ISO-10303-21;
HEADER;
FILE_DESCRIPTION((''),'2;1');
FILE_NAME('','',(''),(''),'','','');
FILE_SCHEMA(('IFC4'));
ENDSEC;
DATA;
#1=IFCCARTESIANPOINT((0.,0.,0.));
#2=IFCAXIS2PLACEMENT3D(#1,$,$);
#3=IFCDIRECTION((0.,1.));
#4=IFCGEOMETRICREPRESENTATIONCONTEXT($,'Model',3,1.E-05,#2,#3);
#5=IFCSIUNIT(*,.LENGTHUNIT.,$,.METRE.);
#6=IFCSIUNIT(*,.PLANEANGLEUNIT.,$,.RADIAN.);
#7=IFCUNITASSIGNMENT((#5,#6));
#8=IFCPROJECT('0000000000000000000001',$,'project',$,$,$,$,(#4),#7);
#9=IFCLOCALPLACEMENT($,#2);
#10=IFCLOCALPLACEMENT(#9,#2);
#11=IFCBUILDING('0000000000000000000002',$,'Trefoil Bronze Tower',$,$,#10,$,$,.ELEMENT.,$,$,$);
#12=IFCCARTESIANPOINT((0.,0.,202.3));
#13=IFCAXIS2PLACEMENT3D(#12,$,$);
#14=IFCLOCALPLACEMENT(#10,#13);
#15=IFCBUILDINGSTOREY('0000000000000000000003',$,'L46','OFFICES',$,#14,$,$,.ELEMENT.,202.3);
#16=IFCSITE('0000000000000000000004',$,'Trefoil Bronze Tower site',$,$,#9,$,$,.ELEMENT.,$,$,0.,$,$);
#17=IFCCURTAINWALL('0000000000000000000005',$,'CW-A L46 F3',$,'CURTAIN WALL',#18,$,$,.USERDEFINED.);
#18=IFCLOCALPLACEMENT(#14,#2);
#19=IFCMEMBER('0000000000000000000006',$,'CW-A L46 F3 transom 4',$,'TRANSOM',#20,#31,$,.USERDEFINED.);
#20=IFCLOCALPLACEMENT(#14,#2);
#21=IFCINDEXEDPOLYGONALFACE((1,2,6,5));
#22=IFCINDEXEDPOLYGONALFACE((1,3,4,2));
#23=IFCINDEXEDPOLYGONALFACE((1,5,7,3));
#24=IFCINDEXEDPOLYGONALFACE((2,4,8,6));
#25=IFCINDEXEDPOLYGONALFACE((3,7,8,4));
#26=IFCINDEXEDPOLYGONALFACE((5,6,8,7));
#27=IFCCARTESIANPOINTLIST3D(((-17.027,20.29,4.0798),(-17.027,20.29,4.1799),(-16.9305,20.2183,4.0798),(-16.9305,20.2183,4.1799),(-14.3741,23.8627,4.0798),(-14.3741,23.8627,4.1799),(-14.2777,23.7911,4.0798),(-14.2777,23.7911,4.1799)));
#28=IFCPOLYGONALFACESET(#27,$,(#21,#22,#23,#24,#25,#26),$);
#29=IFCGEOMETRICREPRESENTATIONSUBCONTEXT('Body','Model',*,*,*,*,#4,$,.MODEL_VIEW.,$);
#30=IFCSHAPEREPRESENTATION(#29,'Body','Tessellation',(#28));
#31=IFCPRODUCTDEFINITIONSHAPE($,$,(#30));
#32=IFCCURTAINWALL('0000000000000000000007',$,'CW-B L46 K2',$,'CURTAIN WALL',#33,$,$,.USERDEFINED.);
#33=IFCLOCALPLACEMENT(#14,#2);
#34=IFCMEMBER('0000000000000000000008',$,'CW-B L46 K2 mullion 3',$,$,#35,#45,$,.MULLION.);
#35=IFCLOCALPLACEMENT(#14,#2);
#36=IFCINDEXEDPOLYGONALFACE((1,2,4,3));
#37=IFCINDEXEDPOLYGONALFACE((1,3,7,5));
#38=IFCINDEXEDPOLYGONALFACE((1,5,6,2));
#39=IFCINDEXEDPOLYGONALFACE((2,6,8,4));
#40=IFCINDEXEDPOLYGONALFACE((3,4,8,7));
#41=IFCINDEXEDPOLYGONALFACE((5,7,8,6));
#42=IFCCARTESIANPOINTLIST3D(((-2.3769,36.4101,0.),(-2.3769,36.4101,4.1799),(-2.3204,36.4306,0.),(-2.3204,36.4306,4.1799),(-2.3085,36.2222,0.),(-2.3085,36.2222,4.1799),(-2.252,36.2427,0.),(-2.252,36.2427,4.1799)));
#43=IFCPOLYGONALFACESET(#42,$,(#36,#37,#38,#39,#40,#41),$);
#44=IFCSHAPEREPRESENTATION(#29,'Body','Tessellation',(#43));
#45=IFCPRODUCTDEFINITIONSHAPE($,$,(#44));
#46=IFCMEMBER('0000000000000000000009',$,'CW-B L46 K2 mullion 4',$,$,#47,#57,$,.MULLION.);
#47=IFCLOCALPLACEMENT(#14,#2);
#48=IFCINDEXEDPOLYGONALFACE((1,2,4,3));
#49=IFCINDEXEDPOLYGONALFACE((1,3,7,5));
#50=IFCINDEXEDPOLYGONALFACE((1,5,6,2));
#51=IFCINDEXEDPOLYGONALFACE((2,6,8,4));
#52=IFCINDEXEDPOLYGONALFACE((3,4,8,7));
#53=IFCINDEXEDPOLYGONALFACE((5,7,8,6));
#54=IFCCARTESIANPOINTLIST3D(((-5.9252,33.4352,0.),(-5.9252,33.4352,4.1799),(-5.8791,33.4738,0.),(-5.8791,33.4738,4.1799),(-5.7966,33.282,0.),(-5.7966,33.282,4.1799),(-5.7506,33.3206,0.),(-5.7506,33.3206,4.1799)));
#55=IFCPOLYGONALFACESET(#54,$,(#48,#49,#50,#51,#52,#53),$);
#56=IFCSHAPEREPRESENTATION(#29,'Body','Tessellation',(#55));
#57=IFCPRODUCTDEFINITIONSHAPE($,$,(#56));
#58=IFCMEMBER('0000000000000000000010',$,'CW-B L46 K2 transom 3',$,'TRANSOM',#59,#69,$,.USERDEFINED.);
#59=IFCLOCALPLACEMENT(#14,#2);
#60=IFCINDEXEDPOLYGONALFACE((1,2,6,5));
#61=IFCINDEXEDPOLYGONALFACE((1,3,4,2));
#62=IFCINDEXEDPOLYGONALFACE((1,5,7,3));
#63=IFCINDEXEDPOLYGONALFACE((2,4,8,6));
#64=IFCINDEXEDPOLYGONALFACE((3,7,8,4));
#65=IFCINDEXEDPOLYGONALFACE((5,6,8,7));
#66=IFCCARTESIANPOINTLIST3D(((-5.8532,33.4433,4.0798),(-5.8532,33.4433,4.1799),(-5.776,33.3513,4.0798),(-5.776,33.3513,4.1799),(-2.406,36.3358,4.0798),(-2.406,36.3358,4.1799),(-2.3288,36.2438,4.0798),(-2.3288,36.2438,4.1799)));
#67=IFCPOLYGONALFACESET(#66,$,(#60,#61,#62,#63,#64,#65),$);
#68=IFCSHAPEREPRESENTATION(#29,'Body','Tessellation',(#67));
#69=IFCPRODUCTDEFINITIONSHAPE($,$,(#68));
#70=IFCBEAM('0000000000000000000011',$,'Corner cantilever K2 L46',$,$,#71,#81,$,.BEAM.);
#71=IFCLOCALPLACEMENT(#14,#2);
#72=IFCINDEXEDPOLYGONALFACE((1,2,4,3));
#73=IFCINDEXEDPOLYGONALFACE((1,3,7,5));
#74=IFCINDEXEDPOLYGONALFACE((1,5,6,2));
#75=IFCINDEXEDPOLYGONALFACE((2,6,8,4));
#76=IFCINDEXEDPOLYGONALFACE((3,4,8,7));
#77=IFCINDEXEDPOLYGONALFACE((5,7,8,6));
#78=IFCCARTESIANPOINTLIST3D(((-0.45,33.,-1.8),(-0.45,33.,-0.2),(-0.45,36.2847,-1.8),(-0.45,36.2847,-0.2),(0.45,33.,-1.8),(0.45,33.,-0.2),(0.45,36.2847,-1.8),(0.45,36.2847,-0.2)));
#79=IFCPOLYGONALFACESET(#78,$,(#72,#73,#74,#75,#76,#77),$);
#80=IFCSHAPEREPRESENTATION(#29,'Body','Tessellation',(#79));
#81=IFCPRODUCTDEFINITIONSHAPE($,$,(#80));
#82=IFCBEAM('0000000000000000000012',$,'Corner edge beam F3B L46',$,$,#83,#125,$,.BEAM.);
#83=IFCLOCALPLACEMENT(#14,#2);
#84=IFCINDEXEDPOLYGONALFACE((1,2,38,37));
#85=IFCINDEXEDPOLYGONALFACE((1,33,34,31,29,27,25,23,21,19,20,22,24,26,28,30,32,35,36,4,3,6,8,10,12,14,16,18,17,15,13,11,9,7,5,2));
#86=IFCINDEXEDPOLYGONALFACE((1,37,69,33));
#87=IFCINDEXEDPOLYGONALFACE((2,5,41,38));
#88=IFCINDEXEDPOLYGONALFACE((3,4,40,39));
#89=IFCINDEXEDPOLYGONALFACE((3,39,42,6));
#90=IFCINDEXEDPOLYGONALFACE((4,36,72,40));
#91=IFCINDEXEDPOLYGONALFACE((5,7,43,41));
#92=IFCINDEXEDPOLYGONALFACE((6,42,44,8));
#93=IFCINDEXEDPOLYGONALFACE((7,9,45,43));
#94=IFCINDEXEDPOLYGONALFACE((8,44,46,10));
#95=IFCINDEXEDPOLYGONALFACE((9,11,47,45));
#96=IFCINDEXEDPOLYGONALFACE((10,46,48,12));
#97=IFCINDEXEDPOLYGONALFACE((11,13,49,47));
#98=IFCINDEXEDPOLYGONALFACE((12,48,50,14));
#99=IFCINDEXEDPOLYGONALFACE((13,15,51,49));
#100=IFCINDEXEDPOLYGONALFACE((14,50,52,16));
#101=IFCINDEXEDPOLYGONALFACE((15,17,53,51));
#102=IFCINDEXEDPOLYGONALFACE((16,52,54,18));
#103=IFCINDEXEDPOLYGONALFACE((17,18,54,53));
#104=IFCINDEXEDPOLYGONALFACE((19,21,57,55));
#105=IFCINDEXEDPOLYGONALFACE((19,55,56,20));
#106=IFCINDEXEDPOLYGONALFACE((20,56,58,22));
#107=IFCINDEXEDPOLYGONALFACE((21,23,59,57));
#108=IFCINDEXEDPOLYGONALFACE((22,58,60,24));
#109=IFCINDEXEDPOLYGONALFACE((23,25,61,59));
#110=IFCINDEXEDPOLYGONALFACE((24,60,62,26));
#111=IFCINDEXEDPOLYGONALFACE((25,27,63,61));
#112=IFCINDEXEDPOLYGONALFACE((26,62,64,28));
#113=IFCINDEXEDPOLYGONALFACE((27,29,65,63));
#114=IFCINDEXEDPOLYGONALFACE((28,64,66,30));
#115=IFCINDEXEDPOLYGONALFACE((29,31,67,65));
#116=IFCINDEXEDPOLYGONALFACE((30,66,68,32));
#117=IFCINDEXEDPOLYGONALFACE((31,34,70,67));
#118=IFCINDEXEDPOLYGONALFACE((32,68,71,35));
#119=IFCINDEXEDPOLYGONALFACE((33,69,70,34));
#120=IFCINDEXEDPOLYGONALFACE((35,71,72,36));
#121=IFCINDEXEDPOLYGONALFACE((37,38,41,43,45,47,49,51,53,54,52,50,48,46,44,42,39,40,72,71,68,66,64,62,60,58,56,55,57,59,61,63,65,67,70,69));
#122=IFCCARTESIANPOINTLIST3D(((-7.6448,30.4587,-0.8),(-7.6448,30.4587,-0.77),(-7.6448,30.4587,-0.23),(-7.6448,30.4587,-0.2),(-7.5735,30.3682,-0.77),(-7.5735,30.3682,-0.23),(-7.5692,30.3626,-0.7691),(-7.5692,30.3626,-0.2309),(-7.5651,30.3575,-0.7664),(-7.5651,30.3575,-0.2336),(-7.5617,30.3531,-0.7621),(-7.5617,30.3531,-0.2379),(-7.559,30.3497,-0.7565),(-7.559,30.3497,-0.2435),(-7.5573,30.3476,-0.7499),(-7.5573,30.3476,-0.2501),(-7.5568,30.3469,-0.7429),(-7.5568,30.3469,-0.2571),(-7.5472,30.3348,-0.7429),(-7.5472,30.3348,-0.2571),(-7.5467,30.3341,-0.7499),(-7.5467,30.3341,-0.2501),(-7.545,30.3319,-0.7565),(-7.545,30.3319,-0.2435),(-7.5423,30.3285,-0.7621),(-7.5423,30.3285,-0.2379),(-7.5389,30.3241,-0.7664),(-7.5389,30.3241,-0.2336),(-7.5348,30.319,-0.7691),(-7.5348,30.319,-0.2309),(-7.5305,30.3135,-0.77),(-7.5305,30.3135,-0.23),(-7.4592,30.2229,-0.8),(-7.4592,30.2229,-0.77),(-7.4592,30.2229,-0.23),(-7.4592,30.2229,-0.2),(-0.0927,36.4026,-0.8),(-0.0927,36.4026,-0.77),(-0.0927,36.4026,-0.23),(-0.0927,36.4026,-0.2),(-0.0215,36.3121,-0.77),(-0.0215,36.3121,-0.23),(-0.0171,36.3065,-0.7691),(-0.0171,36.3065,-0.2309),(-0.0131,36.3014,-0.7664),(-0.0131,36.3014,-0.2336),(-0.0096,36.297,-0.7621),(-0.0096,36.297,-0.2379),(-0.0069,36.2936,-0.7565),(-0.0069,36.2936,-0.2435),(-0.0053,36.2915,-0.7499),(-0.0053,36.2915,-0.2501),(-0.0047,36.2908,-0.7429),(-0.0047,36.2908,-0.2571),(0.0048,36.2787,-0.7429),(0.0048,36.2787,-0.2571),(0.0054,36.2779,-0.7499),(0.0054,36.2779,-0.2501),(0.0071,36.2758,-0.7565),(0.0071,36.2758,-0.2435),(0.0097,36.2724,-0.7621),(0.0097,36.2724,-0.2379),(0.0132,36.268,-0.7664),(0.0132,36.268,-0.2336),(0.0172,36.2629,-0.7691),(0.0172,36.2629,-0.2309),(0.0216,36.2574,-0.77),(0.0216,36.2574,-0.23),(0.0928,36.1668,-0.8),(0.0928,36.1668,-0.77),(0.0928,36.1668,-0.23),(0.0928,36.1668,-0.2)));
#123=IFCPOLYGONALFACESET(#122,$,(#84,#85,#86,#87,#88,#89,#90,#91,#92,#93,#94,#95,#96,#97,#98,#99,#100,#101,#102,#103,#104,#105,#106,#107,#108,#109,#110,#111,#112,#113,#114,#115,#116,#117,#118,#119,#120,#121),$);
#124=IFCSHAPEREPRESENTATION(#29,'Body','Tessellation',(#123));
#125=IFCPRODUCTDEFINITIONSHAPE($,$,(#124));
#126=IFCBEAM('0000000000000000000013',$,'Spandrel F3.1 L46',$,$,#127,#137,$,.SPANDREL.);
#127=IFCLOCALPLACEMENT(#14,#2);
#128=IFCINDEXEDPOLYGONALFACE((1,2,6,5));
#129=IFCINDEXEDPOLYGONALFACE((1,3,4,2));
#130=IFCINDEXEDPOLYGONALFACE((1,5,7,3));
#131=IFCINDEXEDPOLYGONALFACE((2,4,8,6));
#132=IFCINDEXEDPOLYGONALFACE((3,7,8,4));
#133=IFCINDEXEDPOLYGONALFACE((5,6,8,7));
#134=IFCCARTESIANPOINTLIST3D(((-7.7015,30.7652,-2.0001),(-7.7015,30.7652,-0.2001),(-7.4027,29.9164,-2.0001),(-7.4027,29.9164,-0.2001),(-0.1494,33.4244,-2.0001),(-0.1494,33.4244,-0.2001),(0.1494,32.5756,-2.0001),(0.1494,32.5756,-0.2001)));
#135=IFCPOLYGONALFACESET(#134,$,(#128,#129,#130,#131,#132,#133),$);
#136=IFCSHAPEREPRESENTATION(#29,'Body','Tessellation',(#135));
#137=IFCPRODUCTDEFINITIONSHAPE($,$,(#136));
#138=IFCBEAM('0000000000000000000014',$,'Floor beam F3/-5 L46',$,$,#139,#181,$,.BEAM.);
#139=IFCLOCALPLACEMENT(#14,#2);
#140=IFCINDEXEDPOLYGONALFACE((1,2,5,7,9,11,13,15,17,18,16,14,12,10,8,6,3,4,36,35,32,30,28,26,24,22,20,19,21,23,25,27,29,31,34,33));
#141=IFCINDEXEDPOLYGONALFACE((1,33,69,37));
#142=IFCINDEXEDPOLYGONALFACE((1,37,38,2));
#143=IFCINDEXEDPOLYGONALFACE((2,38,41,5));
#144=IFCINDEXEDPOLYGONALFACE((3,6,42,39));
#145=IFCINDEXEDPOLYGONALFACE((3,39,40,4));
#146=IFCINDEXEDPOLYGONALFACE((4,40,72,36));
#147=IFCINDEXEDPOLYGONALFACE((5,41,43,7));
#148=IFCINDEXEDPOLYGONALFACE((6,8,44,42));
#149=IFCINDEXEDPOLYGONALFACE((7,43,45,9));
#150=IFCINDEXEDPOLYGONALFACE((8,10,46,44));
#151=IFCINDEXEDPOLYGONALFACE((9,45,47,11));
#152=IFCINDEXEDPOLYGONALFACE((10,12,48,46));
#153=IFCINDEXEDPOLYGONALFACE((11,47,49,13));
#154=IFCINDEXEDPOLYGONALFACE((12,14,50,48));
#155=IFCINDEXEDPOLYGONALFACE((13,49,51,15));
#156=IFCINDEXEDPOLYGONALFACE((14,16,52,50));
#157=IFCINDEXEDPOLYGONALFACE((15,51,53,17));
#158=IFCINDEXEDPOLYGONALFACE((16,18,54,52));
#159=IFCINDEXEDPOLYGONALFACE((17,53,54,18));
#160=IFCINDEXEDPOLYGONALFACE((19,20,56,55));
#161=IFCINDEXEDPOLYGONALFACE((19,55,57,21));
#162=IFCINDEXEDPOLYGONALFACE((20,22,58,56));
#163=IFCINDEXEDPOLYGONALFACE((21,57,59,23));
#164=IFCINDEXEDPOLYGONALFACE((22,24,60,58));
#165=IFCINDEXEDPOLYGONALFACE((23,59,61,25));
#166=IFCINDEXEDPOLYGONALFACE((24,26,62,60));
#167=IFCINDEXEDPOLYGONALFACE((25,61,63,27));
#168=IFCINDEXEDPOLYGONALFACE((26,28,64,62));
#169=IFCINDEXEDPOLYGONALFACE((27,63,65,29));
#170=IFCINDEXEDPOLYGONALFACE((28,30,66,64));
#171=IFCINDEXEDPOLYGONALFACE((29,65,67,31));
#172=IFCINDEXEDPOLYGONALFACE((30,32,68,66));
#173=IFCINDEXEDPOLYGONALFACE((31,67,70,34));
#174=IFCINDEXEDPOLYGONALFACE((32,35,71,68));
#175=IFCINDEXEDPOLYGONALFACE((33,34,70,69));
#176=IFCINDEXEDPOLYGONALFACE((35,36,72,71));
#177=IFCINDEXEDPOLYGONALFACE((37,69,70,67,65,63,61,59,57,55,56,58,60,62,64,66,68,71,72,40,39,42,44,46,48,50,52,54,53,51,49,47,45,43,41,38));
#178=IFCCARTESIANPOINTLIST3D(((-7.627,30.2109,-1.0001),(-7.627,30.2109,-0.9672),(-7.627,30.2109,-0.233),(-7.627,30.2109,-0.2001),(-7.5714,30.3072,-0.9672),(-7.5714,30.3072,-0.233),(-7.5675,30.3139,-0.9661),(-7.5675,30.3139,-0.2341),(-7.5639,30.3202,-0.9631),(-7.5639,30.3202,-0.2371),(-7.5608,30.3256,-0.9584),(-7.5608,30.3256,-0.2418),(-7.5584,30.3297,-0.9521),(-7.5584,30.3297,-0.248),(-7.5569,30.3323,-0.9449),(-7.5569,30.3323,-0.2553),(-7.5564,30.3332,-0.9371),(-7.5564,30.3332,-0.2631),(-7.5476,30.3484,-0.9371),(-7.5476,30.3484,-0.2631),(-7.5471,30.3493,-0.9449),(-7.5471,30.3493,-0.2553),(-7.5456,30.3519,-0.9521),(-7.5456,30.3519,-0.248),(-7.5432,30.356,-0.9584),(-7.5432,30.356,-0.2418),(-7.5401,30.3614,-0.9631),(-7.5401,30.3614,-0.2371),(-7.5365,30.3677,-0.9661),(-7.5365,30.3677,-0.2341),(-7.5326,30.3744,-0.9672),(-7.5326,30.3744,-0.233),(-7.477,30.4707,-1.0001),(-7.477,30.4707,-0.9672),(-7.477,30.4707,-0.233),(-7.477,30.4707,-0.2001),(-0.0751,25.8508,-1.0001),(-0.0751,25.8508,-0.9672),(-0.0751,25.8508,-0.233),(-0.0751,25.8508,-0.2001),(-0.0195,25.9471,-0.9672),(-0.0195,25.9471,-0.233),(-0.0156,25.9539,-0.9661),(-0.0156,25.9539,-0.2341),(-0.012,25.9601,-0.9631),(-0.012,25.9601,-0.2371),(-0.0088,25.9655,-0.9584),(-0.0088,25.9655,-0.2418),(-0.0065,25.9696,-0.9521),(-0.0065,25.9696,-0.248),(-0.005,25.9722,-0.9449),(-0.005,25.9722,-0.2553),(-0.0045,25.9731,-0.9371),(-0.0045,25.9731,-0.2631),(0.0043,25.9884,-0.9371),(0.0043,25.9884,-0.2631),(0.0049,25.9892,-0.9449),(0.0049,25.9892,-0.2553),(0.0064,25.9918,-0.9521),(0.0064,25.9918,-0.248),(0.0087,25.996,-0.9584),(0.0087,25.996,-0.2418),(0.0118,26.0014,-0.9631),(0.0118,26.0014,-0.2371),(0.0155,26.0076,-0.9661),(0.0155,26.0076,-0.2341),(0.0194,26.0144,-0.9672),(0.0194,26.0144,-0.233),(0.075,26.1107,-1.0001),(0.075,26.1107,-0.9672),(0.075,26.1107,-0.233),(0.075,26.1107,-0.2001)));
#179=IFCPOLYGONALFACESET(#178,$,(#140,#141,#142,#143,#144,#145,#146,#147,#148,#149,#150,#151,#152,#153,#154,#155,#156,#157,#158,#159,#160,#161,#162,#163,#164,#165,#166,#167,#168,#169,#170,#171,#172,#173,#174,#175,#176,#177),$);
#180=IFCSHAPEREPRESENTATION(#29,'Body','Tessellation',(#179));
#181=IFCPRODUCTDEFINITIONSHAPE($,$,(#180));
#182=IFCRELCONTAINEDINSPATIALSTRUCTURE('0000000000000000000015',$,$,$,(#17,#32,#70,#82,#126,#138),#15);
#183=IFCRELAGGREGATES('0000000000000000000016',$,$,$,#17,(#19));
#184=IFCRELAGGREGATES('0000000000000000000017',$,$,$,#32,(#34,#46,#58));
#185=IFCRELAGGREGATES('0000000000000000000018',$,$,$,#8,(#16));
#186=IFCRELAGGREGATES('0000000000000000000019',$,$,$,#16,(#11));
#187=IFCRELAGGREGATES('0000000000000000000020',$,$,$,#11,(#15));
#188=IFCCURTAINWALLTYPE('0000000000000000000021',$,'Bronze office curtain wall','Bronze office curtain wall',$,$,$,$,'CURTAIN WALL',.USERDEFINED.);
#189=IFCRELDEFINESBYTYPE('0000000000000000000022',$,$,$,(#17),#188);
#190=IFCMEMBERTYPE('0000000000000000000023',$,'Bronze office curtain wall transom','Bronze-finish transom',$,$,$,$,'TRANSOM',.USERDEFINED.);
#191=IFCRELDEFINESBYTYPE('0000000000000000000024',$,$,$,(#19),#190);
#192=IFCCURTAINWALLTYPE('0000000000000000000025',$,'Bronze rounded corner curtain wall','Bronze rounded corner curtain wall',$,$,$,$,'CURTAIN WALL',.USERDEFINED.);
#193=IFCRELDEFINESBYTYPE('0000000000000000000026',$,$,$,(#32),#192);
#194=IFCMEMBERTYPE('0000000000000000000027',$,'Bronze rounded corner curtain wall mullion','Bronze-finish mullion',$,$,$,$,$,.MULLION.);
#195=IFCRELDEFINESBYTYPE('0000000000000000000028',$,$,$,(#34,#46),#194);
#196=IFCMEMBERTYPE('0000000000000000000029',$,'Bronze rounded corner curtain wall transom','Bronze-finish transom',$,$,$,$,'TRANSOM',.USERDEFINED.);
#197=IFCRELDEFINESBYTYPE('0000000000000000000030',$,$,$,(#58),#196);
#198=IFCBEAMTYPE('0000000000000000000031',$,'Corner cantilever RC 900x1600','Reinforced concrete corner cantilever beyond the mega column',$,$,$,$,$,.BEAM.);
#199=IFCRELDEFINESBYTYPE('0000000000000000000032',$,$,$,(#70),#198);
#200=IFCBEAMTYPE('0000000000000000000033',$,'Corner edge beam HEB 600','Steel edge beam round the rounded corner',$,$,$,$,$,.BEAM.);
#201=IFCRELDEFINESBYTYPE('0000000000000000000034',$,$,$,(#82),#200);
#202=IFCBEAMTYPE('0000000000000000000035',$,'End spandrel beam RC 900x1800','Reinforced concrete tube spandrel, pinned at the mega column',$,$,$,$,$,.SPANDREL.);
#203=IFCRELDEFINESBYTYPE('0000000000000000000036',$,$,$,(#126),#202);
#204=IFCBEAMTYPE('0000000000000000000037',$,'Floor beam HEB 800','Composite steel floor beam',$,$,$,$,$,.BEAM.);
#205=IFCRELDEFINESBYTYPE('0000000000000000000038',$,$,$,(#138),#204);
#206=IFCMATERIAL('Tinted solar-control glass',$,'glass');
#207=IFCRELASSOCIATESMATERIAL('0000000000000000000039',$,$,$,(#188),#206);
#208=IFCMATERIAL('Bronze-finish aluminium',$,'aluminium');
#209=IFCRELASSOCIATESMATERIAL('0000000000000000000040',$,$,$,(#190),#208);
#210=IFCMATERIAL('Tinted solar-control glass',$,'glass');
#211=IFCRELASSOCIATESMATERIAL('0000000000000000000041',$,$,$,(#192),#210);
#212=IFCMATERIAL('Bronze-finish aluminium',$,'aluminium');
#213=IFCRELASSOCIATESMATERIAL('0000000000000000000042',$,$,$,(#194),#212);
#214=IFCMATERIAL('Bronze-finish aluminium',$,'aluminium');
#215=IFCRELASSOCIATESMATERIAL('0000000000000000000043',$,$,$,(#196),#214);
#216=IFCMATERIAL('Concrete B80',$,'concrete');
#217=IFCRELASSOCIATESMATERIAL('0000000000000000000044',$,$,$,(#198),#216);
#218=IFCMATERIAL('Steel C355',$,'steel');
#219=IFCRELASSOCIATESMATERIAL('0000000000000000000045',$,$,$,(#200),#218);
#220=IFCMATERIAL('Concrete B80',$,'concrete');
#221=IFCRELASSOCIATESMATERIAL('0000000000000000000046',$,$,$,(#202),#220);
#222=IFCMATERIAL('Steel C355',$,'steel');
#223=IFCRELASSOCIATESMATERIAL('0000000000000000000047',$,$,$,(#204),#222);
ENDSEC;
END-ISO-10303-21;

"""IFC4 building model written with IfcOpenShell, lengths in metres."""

from ifc_helpers import new_model, si_unit, direction, frame, origin, origin_2d, place, context, subcontext, project, spatial, rectangle, i_section, extrude, material, material_profile, profile_set, type_object, element, aggregate, save


model = new_model("IFC4")

# Units and contexts
model_context = context("Model", 3, precision=1e-05, world=origin(), true_north=direction((0.0, 1.0)))
body_context = subcontext(model_context, "Body", "Model", "MODEL_VIEW")
ifc_project = project(units=[si_unit("LENGTHUNIT", "METRE"), si_unit("PLANEANGLEUNIT", "RADIAN")], contexts=[model_context])

# Site, building, storey
site_placement = place(None, origin())
site = spatial("IfcSite", under=ifc_project, at=site_placement, Name="Trefoil Bronze Tower site", CompositionType="ELEMENT", RefElevation=0.0)
building_placement = place(site_placement, origin())
building = spatial("IfcBuilding", under=site, at=building_placement, Name="Trefoil Bronze Tower", CompositionType="ELEMENT")
storey_placement = place(building_placement, frame((0.0, 0.0, 202.3)))
storey = spatial("IfcBuildingStorey", under=building, at=storey_placement, Name="L46", Description="OFFICES", CompositionType="ELEMENT", Elevation=202.3)

# Curtain walls, members
ifc_material_1 = material(Name="Tinted solar-control glass", Category="glass")
curtain_wall_type_1 = type_object("IfcCurtainWallType", Name="Bronze office curtain wall", Description="Bronze office curtain wall", ElementType="CURTAIN WALL", PredefinedType="USERDEFINED", material=ifc_material_1)
curtain_wall_1_placement = place(storey_placement, origin())
curtain_wall_1 = element("IfcCurtainWall", 1, at=curtain_wall_1_placement, inside=storey, type_object=curtain_wall_type_1, Name="CW-A L46 F3", ObjectType="CURTAIN WALL", PredefinedType="USERDEFINED")
ifc_material_2 = material(Name="Bronze-finish aluminium", Category="aluminium")
ifc_material_profile_1 = material_profile(ifc_material_2, rectangle(XDim=0.1201, YDim=0.1001, at=origin_2d()), Name="CW-A transom")
ifc_profile_set_1 = profile_set([ifc_material_profile_1], Name="Bronze-finish aluminium")
member_type_1 = type_object("IfcMemberType", Name="Bronze office curtain wall transom", Description="Bronze-finish transom", ElementType="TRANSOM", PredefinedType="USERDEFINED", material=ifc_profile_set_1)
member_1_placement = place(storey_placement, frame((-14.3259, 23.8269, 4.1299), z_axis=(-0.596148, -0.802874, 0.0), x_axis=(0.802874, -0.596148, 0.0)))
member_1 = element("IfcMember", 2, at=member_1_placement, type_object=member_type_1, Name="CW-A L46 F3 transom 4", ObjectType="TRANSOM", PredefinedType="USERDEFINED", context=body_context, shape_type="SweptSolid", body=[
    extrude(rectangle(XDim=0.1201, YDim=0.1001, at=origin_2d()), origin(), (0.0, 0.0, 1.0), 4.45),
])
ifc_material_3 = material(Name="Tinted solar-control glass", Category="glass")
curtain_wall_type_2 = type_object("IfcCurtainWallType", Name="Bronze rounded corner curtain wall", Description="Bronze rounded corner curtain wall", ElementType="CURTAIN WALL", PredefinedType="USERDEFINED", material=ifc_material_3)
curtain_wall_2_placement = place(storey_placement, origin())
curtain_wall_2 = element("IfcCurtainWall", 3, at=curtain_wall_2_placement, inside=storey, type_object=curtain_wall_type_2, Name="CW-B L46 K2", ObjectType="CURTAIN WALL", PredefinedType="USERDEFINED")
ifc_material_4 = material(Name="Bronze-finish aluminium", Category="aluminium")
ifc_material_profile_2 = material_profile(ifc_material_4, rectangle(XDim=0.2, YDim=0.0601, at=origin_2d()), Name="CW-B mullion")
ifc_profile_set_2 = profile_set([ifc_material_profile_2], Name="Bronze-finish aluminium")
member_type_2 = type_object("IfcMemberType", Name="Bronze rounded corner curtain wall mullion", Description="Bronze-finish mullion", PredefinedType="MULLION", material=ifc_profile_set_2)
member_2_placement = place(storey_placement, frame((-2.3145, 36.3264, 0.0), z_axis=(0.0, 0.0, 1.0), x_axis=(0.34202, -0.939693, 0.0)))
member_2 = element("IfcMember", 4, at=member_2_placement, type_object=member_type_2, Name="CW-B L46 K2 mullion 3", PredefinedType="MULLION", context=body_context, shape_type="SweptSolid", body=[
    extrude(rectangle(XDim=0.2, YDim=0.0601, at=origin_2d()), origin(), (0.0, 0.0, 1.0), 4.1799),
])
member_3_placement = place(storey_placement, frame((-5.8379, 33.3779, 0.0), z_axis=(0.0, 0.0, 1.0), x_axis=(0.642788, -0.766044, 0.0)))
member_3 = element("IfcMember", 5, at=member_3_placement, type_object=member_type_2, Name="CW-B L46 K2 mullion 4", PredefinedType="MULLION", context=body_context, shape_type="SweptSolid", body=[
    extrude(rectangle(XDim=0.2, YDim=0.0601, at=origin_2d()), origin(), (0.0, 0.0, 1.0), 4.1799),
])
ifc_material_5 = material(Name="Bronze-finish aluminium", Category="aluminium")
ifc_material_profile_3 = material_profile(ifc_material_5, rectangle(XDim=0.1201, YDim=0.1001, at=origin_2d()), Name="CW-B transom")
ifc_profile_set_3 = profile_set([ifc_material_profile_3], Name="Bronze-finish aluminium")
member_type_3 = type_object("IfcMemberType", Name="Bronze rounded corner curtain wall transom", Description="Bronze-finish transom", ElementType="TRANSOM", PredefinedType="USERDEFINED", material=ifc_profile_set_3)
member_4_placement = place(storey_placement, frame((-2.3674, 36.2898, 4.1299), z_axis=(-0.766047, -0.642785, 0.0), x_axis=(0.642785, -0.766047, 0.0)))
member_4 = element("IfcMember", 6, at=member_4_placement, type_object=member_type_3, Name="CW-B L46 K2 transom 3", ObjectType="TRANSOM", PredefinedType="USERDEFINED", context=body_context, shape_type="SweptSolid", body=[
    extrude(rectangle(XDim=0.1201, YDim=0.1001, at=origin_2d()), origin(), (0.0, 0.0, 1.0), 4.5),
])

# Beams
ifc_material_6 = material(Name="Concrete B80", Category="concrete")
ifc_material_profile_4 = material_profile(ifc_material_6, rectangle(XDim=0.8999, YDim=1.6001, at=origin_2d()), Name="RC 900x1600")
ifc_profile_set_4 = profile_set([ifc_material_profile_4], Name="Concrete B80")
beam_type_1 = type_object("IfcBeamType", Name="Corner cantilever RC 900x1600", Description="Reinforced concrete corner cantilever beyond the mega column", PredefinedType="BEAM", material=ifc_profile_set_4)
beam_1_placement = place(storey_placement, frame((0.0, 33.0, -1.0), z_axis=(0.0, 1.0, 0.0), x_axis=(-1.0, 0.0, 0.0)))
element("IfcBeam", 7, at=beam_1_placement, inside=storey, type_object=beam_type_1, Name="Corner cantilever K2 L46", PredefinedType="BEAM", context=body_context, shape_type="SweptSolid", body=[
    extrude(rectangle(XDim=0.8999, YDim=1.6001, at=origin_2d()), origin(), (0.0, 0.0, 1.0), 3.2847),
])
ifc_material_7 = material(Name="Steel C355", Category="steel")
ifc_material_profile_5 = material_profile(ifc_material_7, i_section(OverallWidth=0.3, OverallDepth=0.6001, WebThickness=0.0154, FlangeThickness=0.03, FilletRadius=0.0271, at=origin_2d()), Name="HEB 600")
ifc_profile_set_5 = profile_set([ifc_material_profile_5], Name="Steel C355")
beam_type_2 = type_object("IfcBeamType", Name="Corner edge beam HEB 600", Description="Steel edge beam round the rounded corner", PredefinedType="BEAM", material=ifc_profile_set_5)
beam_2_placement = place(storey_placement, frame((-7.552, 30.3408, -0.5), z_axis=(0.785806, 0.618473, 0.0), x_axis=(-0.618473, 0.785806, 0.0)))
element("IfcBeam", 8, at=beam_2_placement, inside=storey, type_object=beam_type_2, Name="Corner edge beam F3B L46", PredefinedType="BEAM", context=body_context, shape_type="SweptSolid", body=[
    extrude(i_section(OverallWidth=0.3, OverallDepth=0.6001, WebThickness=0.0154, FlangeThickness=0.03, FilletRadius=0.0271, at=origin_2d()), origin(), (0.0, 0.0, 1.0), 9.6106),
])
ifc_material_8 = material(Name="Concrete B80", Category="concrete")
ifc_material_profile_6 = material_profile(ifc_material_8, rectangle(XDim=0.8999, YDim=1.8, at=origin_2d()), Name="RC 900x1800")
ifc_profile_set_6 = profile_set([ifc_material_profile_6], Name="Concrete B80")
beam_type_3 = type_object("IfcBeamType", Name="End spandrel beam RC 900x1800", Description="Reinforced concrete tube spandrel, pinned at the mega column", PredefinedType="SPANDREL", material=ifc_profile_set_6)
beam_3_placement = place(storey_placement, frame((0.0, 33.0, -1.1001), z_axis=(-0.943234, -0.332128, 0.0), x_axis=(0.332128, -0.943234, 0.0)))
element("IfcBeam", 9, at=beam_3_placement, inside=storey, type_object=beam_type_3, Name="Spandrel F3.1 L46", PredefinedType="SPANDREL", context=body_context, shape_type="SweptSolid", body=[
    extrude(rectangle(XDim=0.8999, YDim=1.8, at=origin_2d()), origin(), (0.0, 0.0, 1.0), 8.0066),
])
ifc_material_9 = material(Name="Steel C355", Category="steel")
ifc_material_profile_7 = material_profile(ifc_material_9, i_section(OverallWidth=0.3, OverallDepth=0.8, WebThickness=0.0176, FlangeThickness=0.033, FilletRadius=0.03, at=origin_2d()), Name="HEB 800")
ifc_profile_set_7 = profile_set([ifc_material_profile_7], Name="Steel C355")
beam_type_4 = type_object("IfcBeamType", Name="Floor beam HEB 800", Description="Composite steel floor beam", PredefinedType="BEAM", material=ifc_profile_set_7)
beam_4_placement = place(storey_placement, frame((-7.552, 30.3408, -0.6001), z_axis=(0.866028, -0.499996, 0.0), x_axis=(0.499996, 0.866028, 0.0)))
element("IfcBeam", 10, at=beam_4_placement, inside=storey, type_object=beam_type_4, Name="Floor beam F3/-5 L46", PredefinedType="BEAM", context=body_context, shape_type="SweptSolid", body=[
    extrude(i_section(OverallWidth=0.3, OverallDepth=0.8, WebThickness=0.0176, FlangeThickness=0.033, FilletRadius=0.03, at=origin_2d()), origin(), (0.0, 0.0, 1.0), 8.7202),
])

aggregate(curtain_wall_1, [member_1])
aggregate(curtain_wall_2, [member_2, member_3, member_4])

save(model, "model.ifc")
